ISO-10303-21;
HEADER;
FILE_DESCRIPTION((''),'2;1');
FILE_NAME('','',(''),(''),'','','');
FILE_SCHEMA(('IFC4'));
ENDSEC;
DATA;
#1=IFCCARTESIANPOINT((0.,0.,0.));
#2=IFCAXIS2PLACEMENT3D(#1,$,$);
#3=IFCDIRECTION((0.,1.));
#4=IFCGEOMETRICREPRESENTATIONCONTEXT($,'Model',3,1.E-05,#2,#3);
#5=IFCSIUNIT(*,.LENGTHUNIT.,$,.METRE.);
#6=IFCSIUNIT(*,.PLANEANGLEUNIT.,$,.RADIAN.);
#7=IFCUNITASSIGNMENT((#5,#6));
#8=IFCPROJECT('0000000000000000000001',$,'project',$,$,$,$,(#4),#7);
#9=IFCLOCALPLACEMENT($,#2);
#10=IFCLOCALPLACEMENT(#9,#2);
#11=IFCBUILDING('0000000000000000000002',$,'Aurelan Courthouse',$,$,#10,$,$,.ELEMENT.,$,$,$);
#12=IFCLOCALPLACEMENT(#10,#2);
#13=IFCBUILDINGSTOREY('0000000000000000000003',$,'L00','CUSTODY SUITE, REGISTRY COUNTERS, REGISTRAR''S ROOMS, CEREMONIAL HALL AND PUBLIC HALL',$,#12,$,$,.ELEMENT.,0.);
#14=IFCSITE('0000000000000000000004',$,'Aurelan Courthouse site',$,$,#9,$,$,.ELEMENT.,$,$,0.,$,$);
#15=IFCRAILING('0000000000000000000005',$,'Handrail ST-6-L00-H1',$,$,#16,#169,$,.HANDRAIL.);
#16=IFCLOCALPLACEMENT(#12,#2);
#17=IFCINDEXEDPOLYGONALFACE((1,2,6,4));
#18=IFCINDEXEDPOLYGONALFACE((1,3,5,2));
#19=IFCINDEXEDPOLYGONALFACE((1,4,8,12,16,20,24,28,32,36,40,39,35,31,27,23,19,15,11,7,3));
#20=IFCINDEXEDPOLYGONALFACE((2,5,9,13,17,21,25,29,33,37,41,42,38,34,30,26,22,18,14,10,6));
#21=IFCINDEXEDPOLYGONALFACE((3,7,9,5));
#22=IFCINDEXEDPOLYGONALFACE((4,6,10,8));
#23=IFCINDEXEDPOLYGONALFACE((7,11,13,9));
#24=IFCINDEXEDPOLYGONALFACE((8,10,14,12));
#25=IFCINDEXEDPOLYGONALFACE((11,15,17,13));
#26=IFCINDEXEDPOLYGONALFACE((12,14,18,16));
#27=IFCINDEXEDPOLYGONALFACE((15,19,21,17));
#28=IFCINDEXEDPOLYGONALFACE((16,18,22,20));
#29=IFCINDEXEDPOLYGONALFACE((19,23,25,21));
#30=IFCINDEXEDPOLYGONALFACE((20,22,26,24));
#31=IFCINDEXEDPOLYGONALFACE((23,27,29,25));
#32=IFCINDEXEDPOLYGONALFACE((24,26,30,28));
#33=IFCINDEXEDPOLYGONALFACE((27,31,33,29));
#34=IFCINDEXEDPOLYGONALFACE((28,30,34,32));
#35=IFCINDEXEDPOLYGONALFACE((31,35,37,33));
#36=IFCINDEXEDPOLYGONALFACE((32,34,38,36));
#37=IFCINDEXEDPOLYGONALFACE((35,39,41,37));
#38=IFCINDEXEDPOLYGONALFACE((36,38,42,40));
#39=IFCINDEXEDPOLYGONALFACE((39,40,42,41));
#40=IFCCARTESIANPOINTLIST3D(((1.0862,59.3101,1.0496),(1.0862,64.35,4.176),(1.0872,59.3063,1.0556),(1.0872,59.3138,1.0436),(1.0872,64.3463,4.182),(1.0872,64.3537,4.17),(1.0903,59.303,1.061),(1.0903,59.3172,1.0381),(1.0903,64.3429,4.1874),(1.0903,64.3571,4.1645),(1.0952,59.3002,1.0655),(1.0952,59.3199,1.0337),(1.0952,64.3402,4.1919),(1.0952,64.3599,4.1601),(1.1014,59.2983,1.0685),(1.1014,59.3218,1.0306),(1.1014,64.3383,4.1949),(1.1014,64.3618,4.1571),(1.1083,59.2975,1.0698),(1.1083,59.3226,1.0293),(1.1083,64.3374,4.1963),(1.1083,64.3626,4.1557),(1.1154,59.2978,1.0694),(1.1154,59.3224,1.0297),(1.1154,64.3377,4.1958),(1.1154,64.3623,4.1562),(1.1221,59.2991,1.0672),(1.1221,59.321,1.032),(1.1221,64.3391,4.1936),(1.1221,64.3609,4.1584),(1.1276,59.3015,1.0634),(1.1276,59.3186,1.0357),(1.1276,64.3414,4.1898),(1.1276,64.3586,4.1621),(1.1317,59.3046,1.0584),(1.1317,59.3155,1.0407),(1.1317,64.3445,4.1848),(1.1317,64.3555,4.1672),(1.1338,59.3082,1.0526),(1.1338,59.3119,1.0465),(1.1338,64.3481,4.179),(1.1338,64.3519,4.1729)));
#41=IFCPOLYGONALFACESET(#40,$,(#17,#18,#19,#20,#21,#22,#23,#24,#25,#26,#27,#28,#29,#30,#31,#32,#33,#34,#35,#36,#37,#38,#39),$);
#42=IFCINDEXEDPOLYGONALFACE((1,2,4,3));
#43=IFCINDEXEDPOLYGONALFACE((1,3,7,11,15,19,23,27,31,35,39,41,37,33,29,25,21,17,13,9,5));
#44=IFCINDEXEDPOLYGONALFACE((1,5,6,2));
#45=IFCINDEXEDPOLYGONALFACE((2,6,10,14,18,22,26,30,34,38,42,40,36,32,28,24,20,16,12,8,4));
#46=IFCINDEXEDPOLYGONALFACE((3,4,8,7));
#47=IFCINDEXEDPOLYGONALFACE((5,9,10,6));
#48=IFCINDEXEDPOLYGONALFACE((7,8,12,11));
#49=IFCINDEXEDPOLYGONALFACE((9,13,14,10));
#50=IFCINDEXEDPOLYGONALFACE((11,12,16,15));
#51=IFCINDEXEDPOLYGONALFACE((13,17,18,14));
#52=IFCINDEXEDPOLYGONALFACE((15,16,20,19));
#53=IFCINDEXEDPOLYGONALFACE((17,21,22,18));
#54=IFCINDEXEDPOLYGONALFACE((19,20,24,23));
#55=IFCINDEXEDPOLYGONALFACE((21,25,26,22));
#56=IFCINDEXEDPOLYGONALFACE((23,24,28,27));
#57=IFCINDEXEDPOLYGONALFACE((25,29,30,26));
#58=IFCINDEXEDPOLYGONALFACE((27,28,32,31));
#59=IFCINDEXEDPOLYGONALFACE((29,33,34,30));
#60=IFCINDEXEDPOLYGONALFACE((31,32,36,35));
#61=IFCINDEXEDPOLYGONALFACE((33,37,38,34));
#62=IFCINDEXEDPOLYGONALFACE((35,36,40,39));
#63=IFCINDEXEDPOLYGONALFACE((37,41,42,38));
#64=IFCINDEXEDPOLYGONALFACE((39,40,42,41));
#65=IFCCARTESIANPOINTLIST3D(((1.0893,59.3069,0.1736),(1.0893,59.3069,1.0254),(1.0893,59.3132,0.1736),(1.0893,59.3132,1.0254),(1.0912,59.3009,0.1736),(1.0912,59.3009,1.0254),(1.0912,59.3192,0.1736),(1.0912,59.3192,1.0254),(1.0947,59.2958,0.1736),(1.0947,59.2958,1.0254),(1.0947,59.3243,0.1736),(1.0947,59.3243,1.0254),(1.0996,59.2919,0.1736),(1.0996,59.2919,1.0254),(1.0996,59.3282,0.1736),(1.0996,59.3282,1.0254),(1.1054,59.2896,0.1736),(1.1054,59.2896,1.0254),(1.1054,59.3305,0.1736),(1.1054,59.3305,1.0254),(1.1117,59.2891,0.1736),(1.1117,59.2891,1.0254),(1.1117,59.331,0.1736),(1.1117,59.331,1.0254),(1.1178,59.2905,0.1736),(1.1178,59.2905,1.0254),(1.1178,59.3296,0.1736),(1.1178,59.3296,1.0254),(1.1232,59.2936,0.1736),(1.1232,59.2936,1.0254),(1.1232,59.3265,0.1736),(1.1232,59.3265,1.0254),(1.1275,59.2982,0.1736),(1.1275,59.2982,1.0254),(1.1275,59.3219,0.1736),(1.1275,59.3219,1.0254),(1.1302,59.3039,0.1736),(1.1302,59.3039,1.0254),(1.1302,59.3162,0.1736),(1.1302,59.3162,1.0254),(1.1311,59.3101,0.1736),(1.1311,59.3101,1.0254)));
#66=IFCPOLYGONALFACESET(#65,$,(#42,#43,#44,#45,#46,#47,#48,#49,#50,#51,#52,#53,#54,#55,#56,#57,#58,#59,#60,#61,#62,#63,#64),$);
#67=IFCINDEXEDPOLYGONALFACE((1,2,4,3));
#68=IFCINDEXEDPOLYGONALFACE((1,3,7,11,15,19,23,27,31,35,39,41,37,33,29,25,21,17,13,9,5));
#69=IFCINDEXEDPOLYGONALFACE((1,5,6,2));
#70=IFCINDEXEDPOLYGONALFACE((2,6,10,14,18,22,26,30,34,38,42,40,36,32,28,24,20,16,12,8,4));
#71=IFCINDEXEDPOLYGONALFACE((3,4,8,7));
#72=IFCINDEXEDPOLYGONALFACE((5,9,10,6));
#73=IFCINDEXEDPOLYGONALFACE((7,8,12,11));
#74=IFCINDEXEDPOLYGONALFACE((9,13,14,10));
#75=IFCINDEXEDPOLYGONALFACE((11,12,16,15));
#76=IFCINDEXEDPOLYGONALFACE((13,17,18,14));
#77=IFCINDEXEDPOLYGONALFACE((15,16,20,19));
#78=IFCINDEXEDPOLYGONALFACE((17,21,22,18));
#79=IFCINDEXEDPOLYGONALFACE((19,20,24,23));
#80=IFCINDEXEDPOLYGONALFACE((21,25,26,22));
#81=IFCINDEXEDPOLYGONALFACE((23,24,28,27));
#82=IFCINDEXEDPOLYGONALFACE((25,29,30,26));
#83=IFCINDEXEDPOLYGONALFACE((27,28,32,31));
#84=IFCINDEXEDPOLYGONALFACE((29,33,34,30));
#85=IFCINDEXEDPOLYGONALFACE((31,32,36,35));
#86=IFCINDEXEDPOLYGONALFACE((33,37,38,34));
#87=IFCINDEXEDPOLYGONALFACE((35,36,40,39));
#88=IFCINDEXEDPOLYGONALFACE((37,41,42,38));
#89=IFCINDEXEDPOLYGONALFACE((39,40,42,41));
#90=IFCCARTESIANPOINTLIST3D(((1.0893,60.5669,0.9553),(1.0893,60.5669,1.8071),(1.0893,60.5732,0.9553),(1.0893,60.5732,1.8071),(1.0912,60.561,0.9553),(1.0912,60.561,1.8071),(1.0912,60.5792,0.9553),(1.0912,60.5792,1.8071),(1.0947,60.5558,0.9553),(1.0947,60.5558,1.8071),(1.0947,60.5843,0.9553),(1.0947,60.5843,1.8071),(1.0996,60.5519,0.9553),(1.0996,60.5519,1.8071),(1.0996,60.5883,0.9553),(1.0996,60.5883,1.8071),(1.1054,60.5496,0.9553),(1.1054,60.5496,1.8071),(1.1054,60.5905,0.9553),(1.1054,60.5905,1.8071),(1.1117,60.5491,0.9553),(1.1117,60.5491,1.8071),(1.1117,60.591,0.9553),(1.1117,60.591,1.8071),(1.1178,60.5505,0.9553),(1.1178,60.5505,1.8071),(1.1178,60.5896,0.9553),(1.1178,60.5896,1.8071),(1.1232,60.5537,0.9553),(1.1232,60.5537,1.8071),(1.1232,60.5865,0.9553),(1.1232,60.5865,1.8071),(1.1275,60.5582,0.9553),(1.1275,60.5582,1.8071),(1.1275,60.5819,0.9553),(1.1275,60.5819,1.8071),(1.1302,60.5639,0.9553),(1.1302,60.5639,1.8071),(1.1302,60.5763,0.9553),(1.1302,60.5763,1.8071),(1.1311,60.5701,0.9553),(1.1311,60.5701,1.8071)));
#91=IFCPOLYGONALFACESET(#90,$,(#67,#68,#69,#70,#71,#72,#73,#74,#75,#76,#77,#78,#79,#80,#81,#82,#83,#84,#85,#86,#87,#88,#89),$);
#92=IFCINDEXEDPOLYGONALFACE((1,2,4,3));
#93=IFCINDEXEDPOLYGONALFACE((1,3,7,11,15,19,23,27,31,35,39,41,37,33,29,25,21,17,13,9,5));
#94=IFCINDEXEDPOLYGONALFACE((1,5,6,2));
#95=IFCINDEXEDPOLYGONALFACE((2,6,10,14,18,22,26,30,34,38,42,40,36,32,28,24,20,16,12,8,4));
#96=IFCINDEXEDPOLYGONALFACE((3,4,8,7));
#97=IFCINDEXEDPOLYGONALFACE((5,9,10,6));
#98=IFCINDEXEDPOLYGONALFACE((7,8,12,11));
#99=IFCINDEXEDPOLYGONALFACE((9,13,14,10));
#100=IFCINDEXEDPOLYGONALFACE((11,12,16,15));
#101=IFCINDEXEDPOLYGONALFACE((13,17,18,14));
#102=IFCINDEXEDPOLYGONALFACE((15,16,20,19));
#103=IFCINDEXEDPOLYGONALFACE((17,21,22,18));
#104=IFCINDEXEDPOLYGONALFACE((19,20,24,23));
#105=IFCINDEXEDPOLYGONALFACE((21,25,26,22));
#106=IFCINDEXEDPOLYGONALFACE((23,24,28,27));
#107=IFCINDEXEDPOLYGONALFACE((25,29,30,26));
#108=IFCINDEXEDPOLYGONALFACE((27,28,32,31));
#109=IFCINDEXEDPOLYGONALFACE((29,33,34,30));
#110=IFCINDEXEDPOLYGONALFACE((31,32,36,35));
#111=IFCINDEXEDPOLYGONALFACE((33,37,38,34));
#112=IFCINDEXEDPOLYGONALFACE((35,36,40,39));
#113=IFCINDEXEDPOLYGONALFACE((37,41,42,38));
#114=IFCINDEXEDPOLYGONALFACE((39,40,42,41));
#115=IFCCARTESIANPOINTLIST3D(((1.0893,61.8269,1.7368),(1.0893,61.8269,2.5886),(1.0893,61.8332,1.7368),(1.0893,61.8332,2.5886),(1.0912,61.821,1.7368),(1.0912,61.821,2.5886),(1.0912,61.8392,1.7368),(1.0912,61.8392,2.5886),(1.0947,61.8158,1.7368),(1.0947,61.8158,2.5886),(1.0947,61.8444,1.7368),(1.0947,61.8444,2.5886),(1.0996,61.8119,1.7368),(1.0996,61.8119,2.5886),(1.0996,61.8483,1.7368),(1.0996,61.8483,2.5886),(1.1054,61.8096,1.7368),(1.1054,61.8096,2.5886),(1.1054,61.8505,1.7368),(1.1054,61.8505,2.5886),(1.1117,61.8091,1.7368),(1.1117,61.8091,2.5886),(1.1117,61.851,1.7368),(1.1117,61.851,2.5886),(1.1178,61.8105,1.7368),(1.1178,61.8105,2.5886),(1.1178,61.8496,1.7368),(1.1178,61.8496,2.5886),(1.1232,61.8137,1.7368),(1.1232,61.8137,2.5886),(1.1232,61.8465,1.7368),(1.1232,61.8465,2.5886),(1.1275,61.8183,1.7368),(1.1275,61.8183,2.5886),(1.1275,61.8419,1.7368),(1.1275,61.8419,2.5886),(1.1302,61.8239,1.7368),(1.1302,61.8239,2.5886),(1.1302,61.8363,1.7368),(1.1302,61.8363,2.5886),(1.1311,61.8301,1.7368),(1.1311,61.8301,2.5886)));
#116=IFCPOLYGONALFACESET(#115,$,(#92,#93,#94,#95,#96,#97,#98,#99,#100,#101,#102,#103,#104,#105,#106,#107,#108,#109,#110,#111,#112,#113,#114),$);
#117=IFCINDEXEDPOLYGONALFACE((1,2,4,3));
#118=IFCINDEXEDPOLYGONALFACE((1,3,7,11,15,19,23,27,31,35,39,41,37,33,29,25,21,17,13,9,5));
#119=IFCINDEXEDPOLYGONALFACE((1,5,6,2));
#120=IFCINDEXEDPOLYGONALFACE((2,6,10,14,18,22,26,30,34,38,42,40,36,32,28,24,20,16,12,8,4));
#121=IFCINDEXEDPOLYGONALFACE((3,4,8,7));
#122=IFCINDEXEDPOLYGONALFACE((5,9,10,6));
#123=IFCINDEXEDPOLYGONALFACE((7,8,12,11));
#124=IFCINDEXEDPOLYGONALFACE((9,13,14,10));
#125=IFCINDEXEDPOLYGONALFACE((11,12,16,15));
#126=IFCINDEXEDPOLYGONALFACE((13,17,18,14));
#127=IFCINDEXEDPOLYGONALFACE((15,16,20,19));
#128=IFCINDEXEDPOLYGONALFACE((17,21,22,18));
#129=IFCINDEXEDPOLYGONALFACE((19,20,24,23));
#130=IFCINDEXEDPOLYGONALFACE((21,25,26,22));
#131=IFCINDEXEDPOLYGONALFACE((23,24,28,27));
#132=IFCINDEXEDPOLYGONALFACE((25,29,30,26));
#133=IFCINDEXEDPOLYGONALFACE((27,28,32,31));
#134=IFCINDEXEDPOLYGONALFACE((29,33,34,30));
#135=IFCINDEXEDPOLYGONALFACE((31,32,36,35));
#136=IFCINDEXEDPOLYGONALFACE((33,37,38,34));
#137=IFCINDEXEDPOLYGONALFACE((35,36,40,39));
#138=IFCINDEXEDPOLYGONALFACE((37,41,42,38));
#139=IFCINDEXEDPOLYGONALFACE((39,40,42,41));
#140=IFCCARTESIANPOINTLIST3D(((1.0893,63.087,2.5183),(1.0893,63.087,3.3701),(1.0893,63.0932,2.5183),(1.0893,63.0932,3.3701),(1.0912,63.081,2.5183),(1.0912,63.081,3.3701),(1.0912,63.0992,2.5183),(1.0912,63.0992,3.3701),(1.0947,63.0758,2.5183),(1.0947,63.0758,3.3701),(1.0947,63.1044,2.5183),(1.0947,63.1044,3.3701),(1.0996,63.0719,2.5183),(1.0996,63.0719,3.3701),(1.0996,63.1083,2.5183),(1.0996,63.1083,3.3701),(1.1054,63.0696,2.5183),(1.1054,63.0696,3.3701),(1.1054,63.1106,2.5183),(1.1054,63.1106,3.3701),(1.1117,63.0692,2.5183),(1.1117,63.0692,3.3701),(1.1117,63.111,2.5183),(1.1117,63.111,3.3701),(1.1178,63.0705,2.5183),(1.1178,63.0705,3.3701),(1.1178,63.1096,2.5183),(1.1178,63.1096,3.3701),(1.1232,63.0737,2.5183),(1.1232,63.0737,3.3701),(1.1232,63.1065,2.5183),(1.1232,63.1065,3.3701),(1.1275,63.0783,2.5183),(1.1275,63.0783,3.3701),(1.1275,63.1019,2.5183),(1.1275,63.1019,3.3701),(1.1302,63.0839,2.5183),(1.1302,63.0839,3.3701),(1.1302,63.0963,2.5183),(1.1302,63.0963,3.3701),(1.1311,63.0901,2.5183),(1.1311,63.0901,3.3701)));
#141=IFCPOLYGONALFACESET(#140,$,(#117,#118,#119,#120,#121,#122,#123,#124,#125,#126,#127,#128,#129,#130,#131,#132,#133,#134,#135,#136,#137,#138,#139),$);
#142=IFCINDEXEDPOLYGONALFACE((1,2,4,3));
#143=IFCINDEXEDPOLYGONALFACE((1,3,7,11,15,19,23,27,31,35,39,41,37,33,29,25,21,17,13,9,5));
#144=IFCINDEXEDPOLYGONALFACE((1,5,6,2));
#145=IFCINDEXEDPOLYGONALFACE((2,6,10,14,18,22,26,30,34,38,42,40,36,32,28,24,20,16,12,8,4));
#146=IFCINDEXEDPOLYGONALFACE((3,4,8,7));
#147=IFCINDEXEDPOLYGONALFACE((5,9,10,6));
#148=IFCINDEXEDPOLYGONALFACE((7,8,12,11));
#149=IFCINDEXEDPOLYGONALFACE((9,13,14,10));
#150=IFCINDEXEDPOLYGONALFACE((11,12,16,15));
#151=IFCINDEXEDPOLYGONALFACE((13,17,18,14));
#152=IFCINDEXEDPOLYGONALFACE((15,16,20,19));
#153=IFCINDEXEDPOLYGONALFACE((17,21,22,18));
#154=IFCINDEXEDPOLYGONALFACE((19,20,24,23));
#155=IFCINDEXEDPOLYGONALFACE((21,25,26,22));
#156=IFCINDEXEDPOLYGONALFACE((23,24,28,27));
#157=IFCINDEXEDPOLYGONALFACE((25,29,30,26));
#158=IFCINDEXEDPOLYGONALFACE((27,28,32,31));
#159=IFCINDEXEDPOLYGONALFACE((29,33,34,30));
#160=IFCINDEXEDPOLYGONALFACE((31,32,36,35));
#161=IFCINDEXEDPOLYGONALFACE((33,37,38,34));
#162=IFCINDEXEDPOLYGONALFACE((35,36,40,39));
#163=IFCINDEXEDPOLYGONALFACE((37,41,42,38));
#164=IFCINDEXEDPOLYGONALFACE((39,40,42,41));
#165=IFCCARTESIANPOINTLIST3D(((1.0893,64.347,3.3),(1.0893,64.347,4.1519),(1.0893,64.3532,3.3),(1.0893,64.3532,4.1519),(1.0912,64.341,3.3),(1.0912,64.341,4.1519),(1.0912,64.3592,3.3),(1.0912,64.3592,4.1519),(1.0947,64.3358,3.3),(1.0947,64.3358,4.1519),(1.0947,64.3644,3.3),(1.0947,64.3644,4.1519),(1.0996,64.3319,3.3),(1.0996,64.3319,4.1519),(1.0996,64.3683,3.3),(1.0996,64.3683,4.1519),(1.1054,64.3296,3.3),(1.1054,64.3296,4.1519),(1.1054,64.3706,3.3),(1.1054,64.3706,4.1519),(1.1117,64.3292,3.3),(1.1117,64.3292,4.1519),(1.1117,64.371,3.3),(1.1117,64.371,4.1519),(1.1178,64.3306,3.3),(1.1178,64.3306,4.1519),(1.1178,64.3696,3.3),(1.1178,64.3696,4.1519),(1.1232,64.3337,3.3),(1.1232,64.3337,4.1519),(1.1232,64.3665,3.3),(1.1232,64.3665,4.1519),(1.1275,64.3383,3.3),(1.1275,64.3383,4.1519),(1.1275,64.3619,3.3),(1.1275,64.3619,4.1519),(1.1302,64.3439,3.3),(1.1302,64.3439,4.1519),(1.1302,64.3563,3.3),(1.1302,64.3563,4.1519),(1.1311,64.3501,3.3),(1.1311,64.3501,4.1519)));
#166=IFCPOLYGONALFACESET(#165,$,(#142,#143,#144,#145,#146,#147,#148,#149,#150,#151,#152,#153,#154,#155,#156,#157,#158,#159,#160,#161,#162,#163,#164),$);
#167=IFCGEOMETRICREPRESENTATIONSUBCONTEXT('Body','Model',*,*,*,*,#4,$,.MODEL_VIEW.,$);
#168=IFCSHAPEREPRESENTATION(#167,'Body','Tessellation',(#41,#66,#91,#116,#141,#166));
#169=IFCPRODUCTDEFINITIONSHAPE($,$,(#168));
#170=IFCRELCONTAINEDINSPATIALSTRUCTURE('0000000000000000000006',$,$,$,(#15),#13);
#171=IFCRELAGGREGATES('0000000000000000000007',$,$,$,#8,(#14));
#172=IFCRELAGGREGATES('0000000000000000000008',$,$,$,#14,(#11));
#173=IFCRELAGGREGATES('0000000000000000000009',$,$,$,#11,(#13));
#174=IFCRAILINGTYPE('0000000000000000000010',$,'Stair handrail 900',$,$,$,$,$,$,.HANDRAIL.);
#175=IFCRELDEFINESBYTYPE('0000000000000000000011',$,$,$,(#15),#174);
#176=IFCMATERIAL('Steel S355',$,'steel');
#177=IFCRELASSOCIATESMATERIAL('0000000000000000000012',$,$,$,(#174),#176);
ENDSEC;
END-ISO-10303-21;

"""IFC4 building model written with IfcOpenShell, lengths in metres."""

from ifc_helpers import new_model, si_unit, direction, frame, origin, origin_2d, place, context, subcontext, project, spatial, circle, extrude, material, type_object, element, save


model = new_model("IFC4")

# Units and contexts
model_context = context("Model", 3, precision=1e-05, world=origin(), true_north=direction((0.0, 1.0)))
body_context = subcontext(model_context, "Body", "Model", "MODEL_VIEW")
ifc_project = project(units=[si_unit("LENGTHUNIT", "METRE"), si_unit("PLANEANGLEUNIT", "RADIAN")], contexts=[model_context])

# Site, building, storey
site_placement = place(None, origin())
site = spatial("IfcSite", under=ifc_project, at=site_placement, Name="Aurelan Courthouse site", CompositionType="ELEMENT", RefElevation=0.0)
building_placement = place(site_placement, origin())
building = spatial("IfcBuilding", under=site, at=building_placement, Name="Aurelan Courthouse", CompositionType="ELEMENT")
storey_placement = place(building_placement, origin())
storey = spatial("IfcBuildingStorey", under=building, at=storey_placement, Name="L00", Description="CUSTODY SUITE, REGISTRY COUNTERS, REGISTRAR'S ROOMS, CEREMONIAL HALL AND PUBLIC HALL", CompositionType="ELEMENT", Elevation=0.0)

# Railing
ifc_material_1 = material(Name="Steel S355", Category="steel")
railing_type_1 = type_object("IfcRailingType", Name="Stair handrail 900", PredefinedType="HANDRAIL", material=ifc_material_1)
for number, where, name in (
    (1, (1.1101, 59.3101, 0.1736), "Handrail ST-6-L00-H1"),
):
    element("IfcRailing", number, at=place(storey_placement, frame(where)), inside=storey, type_object=railing_type_1, Name=name, PredefinedType="HANDRAIL", context=body_context, shape_type="SweptSolid", body=[
        extrude(circle(Radius=0.0239, at=origin_2d()), frame((0.0, 0.0, 0.876), z_axis=(0.0, 0.849779, 0.527139), x_axis=(-1.0, 0.0, 0.0)), (0.0, 0.0, 1.0), 5.9309),
        extrude(circle(Radius=0.021, at=origin_2d()), origin(), (0.0, 0.0, 1.0), 0.8518),
        extrude(circle(Radius=0.021, at=origin_2d()), frame((0.0, 1.26, 0.7817)), (0.0, 0.0, 1.0), 0.8518),
        extrude(circle(Radius=0.021, at=origin_2d()), frame((0.0, 2.52, 1.5632)), (0.0, 0.0, 1.0), 0.8518),
        extrude(circle(Radius=0.021, at=origin_2d()), frame((0.0, 3.78, 2.3447)), (0.0, 0.0, 1.0), 0.8518),
        extrude(circle(Radius=0.021, at=origin_2d()), frame((0.0, 5.04, 3.1265)), (0.0, 0.0, 1.0), 0.8518),
    ])

save(model, "model.ifc")
